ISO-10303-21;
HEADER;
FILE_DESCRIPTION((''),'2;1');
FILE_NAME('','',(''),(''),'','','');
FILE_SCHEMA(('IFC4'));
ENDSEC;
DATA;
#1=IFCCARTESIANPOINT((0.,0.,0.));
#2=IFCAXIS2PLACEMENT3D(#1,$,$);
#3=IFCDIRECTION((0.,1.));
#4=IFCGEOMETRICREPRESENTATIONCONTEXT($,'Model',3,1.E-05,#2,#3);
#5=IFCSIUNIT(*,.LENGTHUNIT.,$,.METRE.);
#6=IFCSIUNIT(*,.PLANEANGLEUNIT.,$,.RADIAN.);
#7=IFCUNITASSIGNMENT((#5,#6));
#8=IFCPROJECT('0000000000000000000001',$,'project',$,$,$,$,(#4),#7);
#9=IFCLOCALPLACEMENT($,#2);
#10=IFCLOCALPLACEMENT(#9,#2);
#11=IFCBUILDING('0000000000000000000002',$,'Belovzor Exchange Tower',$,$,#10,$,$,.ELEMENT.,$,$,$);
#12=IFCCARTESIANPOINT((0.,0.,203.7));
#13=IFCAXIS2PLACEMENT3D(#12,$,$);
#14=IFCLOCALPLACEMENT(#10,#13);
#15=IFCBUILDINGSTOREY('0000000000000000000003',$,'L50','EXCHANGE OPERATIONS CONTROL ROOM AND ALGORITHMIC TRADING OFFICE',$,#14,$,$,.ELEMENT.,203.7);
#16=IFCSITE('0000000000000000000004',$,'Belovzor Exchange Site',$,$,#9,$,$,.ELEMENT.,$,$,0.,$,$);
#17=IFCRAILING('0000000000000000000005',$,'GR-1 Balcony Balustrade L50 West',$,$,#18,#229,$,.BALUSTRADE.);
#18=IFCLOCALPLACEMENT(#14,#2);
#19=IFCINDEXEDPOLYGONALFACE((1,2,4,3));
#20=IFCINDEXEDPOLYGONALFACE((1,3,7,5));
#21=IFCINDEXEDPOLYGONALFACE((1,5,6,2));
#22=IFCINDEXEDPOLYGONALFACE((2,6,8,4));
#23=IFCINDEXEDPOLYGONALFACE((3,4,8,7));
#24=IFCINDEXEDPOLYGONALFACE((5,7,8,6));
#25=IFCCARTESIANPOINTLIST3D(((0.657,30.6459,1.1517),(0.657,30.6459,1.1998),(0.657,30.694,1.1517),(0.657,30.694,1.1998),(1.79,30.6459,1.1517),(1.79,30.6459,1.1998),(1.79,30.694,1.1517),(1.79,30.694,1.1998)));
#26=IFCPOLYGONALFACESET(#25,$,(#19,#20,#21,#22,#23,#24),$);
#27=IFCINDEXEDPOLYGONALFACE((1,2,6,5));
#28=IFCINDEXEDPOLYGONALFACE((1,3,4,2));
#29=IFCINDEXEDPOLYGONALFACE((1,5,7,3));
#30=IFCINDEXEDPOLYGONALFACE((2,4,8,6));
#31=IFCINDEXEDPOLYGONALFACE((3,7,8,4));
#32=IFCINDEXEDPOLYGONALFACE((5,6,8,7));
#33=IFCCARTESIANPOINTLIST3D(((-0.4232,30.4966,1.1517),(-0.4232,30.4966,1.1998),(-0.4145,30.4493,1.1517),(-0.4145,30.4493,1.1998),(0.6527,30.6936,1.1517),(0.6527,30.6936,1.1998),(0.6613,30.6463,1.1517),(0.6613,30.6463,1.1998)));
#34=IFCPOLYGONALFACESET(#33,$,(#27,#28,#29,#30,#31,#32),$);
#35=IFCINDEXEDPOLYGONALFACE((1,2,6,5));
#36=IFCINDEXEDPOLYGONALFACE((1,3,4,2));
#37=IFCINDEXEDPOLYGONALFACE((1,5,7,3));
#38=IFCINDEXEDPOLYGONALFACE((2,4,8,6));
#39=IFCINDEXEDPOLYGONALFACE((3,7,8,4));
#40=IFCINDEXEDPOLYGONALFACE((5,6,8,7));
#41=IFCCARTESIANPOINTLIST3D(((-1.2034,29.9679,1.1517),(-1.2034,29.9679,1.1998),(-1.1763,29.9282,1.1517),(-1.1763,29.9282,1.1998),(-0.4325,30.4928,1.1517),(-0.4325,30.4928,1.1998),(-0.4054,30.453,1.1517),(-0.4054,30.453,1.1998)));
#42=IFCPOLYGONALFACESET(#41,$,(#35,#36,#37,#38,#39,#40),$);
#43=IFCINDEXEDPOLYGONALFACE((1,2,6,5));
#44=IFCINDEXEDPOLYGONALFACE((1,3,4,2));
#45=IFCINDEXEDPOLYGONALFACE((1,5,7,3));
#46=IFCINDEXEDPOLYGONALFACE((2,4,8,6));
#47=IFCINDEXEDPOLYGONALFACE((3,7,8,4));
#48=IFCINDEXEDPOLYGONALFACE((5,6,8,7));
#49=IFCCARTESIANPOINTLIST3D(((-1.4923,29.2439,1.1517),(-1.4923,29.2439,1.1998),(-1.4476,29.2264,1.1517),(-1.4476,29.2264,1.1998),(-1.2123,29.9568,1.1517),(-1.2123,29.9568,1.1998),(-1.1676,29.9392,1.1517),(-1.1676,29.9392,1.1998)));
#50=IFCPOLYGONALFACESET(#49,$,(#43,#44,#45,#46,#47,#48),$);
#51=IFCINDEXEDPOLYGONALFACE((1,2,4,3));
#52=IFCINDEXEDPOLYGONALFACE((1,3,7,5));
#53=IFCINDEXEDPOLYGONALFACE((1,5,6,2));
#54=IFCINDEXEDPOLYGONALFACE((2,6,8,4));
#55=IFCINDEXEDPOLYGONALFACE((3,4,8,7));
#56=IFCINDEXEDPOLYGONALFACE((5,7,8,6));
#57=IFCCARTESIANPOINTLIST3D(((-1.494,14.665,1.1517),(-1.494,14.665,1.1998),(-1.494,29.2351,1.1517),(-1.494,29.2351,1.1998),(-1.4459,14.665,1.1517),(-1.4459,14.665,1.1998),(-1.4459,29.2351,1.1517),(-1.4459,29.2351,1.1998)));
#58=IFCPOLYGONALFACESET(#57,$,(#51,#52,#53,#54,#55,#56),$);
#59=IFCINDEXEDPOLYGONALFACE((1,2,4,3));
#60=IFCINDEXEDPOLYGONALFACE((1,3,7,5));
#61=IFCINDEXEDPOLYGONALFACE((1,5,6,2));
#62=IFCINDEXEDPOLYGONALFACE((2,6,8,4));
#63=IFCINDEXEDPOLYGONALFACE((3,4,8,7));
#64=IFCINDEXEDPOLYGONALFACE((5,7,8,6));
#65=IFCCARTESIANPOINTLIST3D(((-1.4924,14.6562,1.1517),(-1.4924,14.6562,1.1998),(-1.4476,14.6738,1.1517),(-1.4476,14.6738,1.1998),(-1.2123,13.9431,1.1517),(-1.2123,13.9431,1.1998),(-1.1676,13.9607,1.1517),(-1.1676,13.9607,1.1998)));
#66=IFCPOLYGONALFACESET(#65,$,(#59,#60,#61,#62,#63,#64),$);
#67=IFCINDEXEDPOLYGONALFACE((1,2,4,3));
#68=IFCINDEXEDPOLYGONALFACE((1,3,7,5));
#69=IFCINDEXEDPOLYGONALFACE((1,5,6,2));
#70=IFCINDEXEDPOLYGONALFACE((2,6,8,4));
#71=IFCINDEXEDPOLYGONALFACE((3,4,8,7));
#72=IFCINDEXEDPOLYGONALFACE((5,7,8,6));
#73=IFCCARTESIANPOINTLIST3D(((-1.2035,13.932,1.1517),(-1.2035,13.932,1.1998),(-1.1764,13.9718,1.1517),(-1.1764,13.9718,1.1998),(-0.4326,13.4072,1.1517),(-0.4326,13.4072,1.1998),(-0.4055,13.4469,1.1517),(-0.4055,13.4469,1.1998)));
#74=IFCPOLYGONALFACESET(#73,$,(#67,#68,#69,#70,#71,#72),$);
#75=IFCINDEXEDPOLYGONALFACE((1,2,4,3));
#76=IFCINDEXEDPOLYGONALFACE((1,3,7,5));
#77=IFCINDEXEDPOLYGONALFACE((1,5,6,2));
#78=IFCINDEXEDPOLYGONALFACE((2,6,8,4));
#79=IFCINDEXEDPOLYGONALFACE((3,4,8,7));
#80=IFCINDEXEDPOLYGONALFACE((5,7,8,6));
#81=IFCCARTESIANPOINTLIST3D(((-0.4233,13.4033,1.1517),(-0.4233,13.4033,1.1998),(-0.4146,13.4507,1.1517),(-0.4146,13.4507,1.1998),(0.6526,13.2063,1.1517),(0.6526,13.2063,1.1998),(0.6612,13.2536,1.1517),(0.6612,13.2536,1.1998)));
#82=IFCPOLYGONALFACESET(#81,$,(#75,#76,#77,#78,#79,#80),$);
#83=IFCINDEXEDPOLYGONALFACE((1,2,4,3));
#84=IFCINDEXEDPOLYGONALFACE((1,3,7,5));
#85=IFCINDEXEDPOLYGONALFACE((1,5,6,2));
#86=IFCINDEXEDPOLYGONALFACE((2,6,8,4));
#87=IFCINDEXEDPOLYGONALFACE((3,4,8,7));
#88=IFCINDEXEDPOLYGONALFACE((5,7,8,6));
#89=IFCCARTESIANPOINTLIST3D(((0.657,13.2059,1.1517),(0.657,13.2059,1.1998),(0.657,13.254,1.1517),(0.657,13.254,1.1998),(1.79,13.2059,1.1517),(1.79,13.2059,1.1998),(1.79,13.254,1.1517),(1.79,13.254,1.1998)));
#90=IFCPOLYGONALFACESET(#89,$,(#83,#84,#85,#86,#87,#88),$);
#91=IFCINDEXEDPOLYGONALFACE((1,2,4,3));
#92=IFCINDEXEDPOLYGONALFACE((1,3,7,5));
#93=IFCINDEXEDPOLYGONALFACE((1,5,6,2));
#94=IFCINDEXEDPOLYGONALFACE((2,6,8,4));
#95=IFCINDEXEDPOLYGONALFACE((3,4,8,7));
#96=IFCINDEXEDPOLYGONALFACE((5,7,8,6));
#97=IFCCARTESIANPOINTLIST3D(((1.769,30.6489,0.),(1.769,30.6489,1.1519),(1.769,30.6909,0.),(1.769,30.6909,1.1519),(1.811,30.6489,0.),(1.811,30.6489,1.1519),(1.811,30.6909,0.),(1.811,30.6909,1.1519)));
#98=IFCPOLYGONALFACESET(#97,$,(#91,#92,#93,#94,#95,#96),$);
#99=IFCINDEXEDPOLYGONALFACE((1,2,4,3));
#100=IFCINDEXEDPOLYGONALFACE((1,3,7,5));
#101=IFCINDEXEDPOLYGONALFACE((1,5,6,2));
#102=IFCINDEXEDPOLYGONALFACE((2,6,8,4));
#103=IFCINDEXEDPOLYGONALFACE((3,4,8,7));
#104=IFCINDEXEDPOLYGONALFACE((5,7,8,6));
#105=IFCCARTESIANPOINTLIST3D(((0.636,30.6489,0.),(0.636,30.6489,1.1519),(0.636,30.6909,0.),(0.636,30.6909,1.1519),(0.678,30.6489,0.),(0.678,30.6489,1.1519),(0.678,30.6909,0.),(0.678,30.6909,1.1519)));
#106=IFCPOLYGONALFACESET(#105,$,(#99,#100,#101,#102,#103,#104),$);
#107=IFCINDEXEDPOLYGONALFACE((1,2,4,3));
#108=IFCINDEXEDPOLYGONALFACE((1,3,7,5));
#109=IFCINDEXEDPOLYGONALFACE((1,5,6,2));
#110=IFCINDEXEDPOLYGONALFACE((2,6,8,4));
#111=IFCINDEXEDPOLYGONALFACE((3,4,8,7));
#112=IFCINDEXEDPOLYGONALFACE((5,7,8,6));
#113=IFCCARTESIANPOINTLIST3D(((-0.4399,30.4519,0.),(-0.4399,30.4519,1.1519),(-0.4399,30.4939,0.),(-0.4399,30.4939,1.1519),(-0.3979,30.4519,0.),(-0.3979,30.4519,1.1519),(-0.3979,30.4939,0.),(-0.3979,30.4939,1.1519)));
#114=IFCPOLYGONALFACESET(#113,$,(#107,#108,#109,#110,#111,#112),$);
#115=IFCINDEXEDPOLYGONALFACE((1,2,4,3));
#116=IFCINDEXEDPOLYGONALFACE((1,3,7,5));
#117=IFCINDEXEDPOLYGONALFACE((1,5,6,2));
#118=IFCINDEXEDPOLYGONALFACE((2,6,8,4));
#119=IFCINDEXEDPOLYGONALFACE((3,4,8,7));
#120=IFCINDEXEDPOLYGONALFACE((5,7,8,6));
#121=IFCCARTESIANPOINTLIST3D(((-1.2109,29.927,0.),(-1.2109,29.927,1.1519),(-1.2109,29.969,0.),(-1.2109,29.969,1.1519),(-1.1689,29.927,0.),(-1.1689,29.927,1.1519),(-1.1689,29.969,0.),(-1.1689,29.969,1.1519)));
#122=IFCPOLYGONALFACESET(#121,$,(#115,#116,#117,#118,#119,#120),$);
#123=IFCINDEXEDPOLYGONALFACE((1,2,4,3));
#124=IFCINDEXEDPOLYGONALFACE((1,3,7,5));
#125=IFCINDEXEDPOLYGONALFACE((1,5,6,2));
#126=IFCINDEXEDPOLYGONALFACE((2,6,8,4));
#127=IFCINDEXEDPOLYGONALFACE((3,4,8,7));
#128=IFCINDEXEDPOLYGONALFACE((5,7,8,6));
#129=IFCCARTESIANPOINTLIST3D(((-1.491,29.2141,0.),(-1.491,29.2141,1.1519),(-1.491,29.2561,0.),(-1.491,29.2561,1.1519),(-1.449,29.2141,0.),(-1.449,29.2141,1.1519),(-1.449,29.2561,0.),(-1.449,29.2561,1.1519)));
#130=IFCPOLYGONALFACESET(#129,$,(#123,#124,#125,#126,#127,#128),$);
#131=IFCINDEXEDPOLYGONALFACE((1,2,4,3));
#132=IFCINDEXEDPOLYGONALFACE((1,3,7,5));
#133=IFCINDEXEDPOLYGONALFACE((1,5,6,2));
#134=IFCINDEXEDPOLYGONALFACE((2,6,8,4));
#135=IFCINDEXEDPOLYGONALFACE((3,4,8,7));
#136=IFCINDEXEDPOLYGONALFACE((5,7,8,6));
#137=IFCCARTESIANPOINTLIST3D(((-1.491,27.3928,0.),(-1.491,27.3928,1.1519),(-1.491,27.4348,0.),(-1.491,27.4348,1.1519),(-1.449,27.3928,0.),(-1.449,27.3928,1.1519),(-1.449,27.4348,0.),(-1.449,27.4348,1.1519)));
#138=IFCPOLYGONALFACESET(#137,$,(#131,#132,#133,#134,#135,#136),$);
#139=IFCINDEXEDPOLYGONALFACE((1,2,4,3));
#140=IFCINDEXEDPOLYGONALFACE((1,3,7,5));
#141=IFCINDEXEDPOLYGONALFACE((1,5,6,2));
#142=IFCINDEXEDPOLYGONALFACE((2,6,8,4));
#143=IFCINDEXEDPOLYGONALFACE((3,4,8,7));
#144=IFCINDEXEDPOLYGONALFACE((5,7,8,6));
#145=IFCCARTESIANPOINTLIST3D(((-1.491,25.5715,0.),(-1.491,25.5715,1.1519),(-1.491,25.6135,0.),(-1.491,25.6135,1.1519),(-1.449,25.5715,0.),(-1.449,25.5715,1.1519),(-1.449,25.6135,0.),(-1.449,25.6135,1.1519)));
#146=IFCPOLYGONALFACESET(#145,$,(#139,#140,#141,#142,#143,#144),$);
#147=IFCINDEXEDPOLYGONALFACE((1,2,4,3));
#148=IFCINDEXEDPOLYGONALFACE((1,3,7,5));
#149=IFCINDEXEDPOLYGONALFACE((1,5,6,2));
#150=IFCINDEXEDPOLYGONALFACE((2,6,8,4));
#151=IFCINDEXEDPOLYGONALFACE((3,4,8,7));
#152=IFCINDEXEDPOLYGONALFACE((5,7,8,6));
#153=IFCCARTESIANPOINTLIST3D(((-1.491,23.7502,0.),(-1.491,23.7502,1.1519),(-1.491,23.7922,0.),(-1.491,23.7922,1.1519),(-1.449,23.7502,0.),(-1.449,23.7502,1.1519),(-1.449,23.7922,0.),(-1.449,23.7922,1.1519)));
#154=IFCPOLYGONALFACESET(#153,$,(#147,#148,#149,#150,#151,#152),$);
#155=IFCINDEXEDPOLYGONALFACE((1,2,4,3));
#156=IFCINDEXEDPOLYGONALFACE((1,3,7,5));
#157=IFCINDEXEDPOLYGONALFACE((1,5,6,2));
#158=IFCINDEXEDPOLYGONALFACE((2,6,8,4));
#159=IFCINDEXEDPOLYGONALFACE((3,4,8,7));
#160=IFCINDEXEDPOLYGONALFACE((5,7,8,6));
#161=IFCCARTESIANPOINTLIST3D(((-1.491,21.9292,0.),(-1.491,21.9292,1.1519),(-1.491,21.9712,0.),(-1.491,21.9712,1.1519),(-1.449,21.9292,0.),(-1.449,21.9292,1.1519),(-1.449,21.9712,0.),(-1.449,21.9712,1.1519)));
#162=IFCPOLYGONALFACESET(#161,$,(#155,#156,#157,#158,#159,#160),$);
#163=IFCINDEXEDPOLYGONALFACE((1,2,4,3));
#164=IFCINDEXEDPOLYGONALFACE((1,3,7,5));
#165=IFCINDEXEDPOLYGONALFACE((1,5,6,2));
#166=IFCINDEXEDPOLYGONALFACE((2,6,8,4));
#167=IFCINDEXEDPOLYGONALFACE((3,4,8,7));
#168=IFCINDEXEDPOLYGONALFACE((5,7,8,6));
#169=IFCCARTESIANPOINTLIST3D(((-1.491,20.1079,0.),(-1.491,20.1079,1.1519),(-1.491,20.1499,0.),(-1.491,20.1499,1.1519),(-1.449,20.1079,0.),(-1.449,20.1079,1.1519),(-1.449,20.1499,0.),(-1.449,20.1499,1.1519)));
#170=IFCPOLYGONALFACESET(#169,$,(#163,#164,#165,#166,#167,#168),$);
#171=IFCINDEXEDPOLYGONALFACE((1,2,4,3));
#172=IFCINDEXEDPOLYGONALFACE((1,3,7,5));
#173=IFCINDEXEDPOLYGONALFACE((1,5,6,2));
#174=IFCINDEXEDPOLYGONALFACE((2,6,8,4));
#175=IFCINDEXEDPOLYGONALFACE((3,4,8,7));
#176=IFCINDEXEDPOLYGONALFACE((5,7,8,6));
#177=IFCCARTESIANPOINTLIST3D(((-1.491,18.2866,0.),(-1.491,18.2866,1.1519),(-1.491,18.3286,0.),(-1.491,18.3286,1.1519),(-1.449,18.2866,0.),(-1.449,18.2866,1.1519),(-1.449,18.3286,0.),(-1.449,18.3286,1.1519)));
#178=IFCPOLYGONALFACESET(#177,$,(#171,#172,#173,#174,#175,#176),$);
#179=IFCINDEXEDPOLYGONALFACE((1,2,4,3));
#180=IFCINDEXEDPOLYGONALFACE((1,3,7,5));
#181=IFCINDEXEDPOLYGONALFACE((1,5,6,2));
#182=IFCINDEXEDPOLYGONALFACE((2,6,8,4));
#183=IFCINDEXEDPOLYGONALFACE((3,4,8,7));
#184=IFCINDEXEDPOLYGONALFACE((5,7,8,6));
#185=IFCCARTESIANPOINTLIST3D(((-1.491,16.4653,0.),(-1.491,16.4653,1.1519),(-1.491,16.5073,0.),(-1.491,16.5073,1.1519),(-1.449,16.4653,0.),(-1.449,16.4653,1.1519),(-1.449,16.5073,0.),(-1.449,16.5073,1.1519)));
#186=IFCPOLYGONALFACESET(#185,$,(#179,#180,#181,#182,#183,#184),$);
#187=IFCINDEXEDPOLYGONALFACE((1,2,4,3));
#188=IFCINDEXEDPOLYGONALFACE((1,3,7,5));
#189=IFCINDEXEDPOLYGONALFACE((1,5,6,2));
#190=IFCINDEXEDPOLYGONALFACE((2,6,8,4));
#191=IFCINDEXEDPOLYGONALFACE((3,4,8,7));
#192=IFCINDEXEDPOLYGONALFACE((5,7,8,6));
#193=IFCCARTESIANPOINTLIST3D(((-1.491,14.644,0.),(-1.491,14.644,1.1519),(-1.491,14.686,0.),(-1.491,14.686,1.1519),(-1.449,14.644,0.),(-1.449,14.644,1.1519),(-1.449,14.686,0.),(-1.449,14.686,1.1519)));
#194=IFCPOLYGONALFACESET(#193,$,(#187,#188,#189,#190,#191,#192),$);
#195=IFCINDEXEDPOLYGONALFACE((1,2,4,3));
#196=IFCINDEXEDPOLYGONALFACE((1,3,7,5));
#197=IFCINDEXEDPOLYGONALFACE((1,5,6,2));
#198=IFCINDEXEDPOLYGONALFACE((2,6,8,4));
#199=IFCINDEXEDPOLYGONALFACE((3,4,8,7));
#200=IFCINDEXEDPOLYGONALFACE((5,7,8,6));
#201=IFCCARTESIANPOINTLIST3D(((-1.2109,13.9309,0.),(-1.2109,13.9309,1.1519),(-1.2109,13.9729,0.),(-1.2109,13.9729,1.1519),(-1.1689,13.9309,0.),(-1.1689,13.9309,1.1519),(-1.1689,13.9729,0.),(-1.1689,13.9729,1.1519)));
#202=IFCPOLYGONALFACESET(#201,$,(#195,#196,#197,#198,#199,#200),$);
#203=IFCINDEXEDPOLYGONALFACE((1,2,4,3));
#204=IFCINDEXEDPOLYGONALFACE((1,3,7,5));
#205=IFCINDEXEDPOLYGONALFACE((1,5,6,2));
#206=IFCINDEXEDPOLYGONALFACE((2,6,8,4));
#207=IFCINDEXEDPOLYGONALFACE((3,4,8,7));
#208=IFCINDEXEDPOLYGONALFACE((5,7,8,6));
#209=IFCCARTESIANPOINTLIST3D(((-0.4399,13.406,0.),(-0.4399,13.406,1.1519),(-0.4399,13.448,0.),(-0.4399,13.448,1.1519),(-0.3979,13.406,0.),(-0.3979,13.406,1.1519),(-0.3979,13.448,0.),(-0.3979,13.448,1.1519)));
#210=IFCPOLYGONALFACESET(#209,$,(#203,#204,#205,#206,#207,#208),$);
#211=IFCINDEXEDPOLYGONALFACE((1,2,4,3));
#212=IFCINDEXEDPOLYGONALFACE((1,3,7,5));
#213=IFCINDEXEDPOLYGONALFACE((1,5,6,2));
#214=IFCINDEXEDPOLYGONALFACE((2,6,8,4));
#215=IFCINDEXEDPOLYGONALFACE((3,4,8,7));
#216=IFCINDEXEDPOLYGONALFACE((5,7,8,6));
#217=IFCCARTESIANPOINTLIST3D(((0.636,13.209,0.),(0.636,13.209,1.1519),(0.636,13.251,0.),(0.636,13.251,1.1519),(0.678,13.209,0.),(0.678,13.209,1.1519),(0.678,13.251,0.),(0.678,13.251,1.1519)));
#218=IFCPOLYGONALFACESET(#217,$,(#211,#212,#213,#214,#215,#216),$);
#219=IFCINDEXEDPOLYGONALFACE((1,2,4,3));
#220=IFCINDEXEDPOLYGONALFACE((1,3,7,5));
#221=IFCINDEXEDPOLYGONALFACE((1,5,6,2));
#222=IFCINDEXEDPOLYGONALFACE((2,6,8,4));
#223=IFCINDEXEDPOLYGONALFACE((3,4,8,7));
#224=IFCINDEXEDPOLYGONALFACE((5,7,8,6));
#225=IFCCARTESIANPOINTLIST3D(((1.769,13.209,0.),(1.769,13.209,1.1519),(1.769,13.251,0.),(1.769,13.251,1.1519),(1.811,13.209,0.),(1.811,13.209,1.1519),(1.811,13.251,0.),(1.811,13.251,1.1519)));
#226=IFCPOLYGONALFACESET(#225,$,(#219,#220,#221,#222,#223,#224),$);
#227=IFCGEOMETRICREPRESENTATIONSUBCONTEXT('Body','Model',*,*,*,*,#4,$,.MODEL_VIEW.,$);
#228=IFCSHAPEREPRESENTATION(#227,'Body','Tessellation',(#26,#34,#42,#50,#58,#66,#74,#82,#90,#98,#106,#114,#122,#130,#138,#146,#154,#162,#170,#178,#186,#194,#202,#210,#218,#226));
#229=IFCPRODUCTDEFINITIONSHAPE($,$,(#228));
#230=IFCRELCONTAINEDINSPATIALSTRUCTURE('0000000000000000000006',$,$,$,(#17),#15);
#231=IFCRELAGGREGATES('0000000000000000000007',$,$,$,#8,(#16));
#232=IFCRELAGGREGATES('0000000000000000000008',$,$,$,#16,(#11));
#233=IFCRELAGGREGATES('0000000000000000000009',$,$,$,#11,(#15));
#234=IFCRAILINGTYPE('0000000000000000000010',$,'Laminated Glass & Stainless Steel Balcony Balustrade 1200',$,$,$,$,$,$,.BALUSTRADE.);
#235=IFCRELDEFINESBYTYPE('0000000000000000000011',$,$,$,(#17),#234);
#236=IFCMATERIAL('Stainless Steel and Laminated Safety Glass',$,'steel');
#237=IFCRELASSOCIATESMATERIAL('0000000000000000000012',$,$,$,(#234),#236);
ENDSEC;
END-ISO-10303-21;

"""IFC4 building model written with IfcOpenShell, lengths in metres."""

from ifc_helpers import new_model, si_unit, direction, frame, origin, origin_2d, place, context, subcontext, project, spatial, rectangle, extrude, material, type_object, element, save


model = new_model("IFC4")

# Units and contexts
model_context = context("Model", 3, precision=1e-05, world=origin(), true_north=direction((0.0, 1.0)))
body_context = subcontext(model_context, "Body", "Model", "MODEL_VIEW")
ifc_project = project(units=[si_unit("LENGTHUNIT", "METRE"), si_unit("PLANEANGLEUNIT", "RADIAN")], contexts=[model_context])

# Site, building, storey
site_placement = place(None, origin())
site = spatial("IfcSite", under=ifc_project, at=site_placement, Name="Belovzor Exchange Site", CompositionType="ELEMENT", RefElevation=0.0)
building_placement = place(site_placement, origin())
building = spatial("IfcBuilding", under=site, at=building_placement, Name="Belovzor Exchange Tower", CompositionType="ELEMENT")
storey_placement = place(building_placement, frame((0.0, 0.0, 203.7)))
storey = spatial("IfcBuildingStorey", under=building, at=storey_placement, Name="L50", Description="EXCHANGE OPERATIONS CONTROL ROOM AND ALGORITHMIC TRADING OFFICE", CompositionType="ELEMENT", Elevation=203.7)

# Railing
ifc_material_1 = material(Name="Stainless Steel and Laminated Safety Glass", Category="steel")
railing_type = type_object("IfcRailingType", Name="Laminated Glass & Stainless Steel Balcony Balustrade 1200", PredefinedType="BALUSTRADE", material=ifc_material_1)
railing_placement = place(storey_placement, frame((1.79, 30.6699, 0.0)))
element("IfcRailing", 1, at=railing_placement, inside=storey, type_object=railing_type, Name="GR-1 Balcony Balustrade L50 West", PredefinedType="BALUSTRADE", context=body_context, shape_type="SweptSolid", body=[
    extrude(rectangle(XDim=0.0481, YDim=0.0481, at=origin_2d()), frame((0.0, 0.0, 1.1758), z_axis=(-1.0, 0.0, 0.0), x_axis=(0.0, -1.0, 0.0)), (0.0, 0.0, 1.0), 1.1331),
    extrude(rectangle(XDim=0.0481, YDim=0.0481, at=origin_2d()), frame((-1.1331, 0.0, 1.1758), z_axis=(-0.983644, -0.180123, 0.0), x_axis=(0.180123, -0.983644, 0.0)), (0.0, 0.0, 1.0), 1.0938),
    extrude(rectangle(XDim=0.0481, YDim=0.0481, at=origin_2d()), frame((-2.209, -0.197, 1.1758), z_axis=(-0.826615, -0.562768, 0.0), x_axis=(0.562768, -0.826615, 0.0)), (0.0, 0.0, 1.0), 0.9326),
    extrude(rectangle(XDim=0.0481, YDim=0.0481, at=origin_2d()), frame((-2.98, -0.7219, 1.1758), z_axis=(-0.365613, -0.930767, 0.0), x_axis=(0.930767, -0.365613, 0.0)), (0.0, 0.0, 1.0), 0.7659),
    extrude(rectangle(XDim=0.0481, YDim=0.0481, at=origin_2d()), frame((-3.26, -1.4348, 1.1758), z_axis=(0.0, -1.0, 0.0), x_axis=(1.0, 0.0, 0.0)), (0.0, 0.0, 1.0), 14.5701),
    extrude(rectangle(XDim=0.0481, YDim=0.0481, at=origin_2d()), frame((-3.26, -16.0049, 1.1758), z_axis=(0.365504, -0.93081, 0.0), x_axis=(0.93081, 0.365504, 0.0)), (0.0, 0.0, 1.0), 0.7661),
    extrude(rectangle(XDim=0.0481, YDim=0.0481, at=origin_2d()), frame((-2.98, -16.718, 1.1758), z_axis=(0.826615, -0.562768, 0.0), x_axis=(0.562768, 0.826615, 0.0)), (0.0, 0.0, 1.0), 0.9326),
    extrude(rectangle(XDim=0.0481, YDim=0.0481, at=origin_2d()), frame((-2.209, -17.2429, 1.1758), z_axis=(0.983644, -0.180123, 0.0), x_axis=(0.180123, 0.983644, 0.0)), (0.0, 0.0, 1.0), 1.0938),
    extrude(rectangle(XDim=0.0481, YDim=0.0481, at=origin_2d()), frame((-1.1331, -17.4399, 1.1758), z_axis=(1.0, 0.0, 0.0), x_axis=(0.0, 1.0, 0.0)), (0.0, 0.0, 1.0), 1.1331),
    extrude(rectangle(XDim=0.042, YDim=0.042, at=origin_2d()), origin(), (0.0, 0.0, 1.0), 1.1519),
    extrude(rectangle(XDim=0.042, YDim=0.042, at=origin_2d()), frame((-1.1331, 0.0, 0.0)), (0.0, 0.0, 1.0), 1.1519),
    extrude(rectangle(XDim=0.042, YDim=0.042, at=origin_2d()), frame((-2.209, -0.197, 0.0)), (0.0, 0.0, 1.0), 1.1519),
    extrude(rectangle(XDim=0.042, YDim=0.042, at=origin_2d()), frame((-2.98, -0.7219, 0.0)), (0.0, 0.0, 1.0), 1.1519),
    extrude(rectangle(XDim=0.042, YDim=0.042, at=origin_2d()), frame((-3.26, -1.4348, 0.0)), (0.0, 0.0, 1.0), 1.1519),
    extrude(rectangle(XDim=0.042, YDim=0.042, at=origin_2d()), frame((-3.26, -3.2561, 0.0)), (0.0, 0.0, 1.0), 1.1519),
    extrude(rectangle(XDim=0.042, YDim=0.042, at=origin_2d()), frame((-3.26, -5.0774, 0.0)), (0.0, 0.0, 1.0), 1.1519),
    extrude(rectangle(XDim=0.042, YDim=0.042, at=origin_2d()), frame((-3.26, -6.8987, 0.0)), (0.0, 0.0, 1.0), 1.1519),
    extrude(rectangle(XDim=0.042, YDim=0.042, at=origin_2d()), frame((-3.26, -8.7197, 0.0)), (0.0, 0.0, 1.0), 1.1519),
    extrude(rectangle(XDim=0.042, YDim=0.042, at=origin_2d()), frame((-3.26, -10.541, 0.0)), (0.0, 0.0, 1.0), 1.1519),
    extrude(rectangle(XDim=0.042, YDim=0.042, at=origin_2d()), frame((-3.26, -12.3623, 0.0)), (0.0, 0.0, 1.0), 1.1519),
    extrude(rectangle(XDim=0.042, YDim=0.042, at=origin_2d()), frame((-3.26, -14.1836, 0.0)), (0.0, 0.0, 1.0), 1.1519),
    extrude(rectangle(XDim=0.042, YDim=0.042, at=origin_2d()), frame((-3.26, -16.0049, 0.0)), (0.0, 0.0, 1.0), 1.1519),
    extrude(rectangle(XDim=0.042, YDim=0.042, at=origin_2d()), frame((-2.98, -16.718, 0.0)), (0.0, 0.0, 1.0), 1.1519),
    extrude(rectangle(XDim=0.042, YDim=0.042, at=origin_2d()), frame((-2.209, -17.2429, 0.0)), (0.0, 0.0, 1.0), 1.1519),
    extrude(rectangle(XDim=0.042, YDim=0.042, at=origin_2d()), frame((-1.1331, -17.4399, 0.0)), (0.0, 0.0, 1.0), 1.1519),
    extrude(rectangle(XDim=0.042, YDim=0.042, at=origin_2d()), frame((0.0, -17.4399, 0.0)), (0.0, 0.0, 1.0), 1.1519),
])

save(model, "model.ifc")
